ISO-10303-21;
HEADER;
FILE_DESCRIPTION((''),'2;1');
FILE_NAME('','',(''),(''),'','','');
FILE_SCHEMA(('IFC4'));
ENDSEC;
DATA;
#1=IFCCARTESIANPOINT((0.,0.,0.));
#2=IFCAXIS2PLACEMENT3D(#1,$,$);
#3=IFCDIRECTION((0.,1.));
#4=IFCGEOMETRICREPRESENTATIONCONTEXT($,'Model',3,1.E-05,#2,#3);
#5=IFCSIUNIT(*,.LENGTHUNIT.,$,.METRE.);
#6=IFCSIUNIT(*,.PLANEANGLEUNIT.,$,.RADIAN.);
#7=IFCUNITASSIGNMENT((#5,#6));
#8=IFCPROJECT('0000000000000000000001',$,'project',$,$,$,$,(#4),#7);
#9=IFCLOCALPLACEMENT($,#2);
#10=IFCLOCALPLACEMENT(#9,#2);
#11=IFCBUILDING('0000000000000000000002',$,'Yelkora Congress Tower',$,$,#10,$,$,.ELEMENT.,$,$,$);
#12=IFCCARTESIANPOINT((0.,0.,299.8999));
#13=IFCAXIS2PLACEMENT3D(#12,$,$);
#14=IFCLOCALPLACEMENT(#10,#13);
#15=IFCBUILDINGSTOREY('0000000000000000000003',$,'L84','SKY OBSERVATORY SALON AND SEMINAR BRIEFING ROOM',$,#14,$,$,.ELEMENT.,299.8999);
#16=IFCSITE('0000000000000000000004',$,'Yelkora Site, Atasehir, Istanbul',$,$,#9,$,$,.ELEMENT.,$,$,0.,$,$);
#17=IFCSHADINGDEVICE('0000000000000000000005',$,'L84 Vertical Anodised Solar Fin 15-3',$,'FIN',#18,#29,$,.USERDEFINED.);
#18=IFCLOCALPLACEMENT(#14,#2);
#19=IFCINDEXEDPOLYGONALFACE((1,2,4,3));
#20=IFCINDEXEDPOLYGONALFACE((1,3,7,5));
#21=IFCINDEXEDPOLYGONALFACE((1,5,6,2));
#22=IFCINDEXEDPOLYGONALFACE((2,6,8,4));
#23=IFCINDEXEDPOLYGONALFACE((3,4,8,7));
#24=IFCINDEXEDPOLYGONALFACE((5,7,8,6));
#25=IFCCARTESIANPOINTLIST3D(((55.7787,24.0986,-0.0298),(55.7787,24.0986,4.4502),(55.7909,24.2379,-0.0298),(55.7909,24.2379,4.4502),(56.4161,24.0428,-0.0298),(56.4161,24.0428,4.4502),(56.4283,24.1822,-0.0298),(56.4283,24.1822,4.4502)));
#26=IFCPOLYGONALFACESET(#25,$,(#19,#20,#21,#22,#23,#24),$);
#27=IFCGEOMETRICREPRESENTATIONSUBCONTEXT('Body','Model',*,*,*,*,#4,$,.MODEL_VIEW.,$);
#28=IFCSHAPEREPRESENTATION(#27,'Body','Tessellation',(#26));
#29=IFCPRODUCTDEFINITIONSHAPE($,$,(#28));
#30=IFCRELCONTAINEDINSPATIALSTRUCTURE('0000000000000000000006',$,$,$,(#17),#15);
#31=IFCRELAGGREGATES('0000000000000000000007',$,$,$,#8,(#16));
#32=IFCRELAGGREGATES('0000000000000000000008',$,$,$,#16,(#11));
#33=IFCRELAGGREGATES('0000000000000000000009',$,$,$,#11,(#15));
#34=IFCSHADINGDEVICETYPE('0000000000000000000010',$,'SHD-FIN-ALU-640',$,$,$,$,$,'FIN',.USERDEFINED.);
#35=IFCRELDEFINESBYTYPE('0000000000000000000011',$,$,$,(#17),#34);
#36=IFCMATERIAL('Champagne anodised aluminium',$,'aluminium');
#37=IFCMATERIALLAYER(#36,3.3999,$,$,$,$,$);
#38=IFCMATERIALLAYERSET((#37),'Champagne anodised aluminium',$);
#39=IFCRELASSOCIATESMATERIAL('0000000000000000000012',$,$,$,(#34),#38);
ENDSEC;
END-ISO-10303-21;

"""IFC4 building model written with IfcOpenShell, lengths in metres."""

from ifc_helpers import new_model, si_unit, direction, frame, origin, origin_2d, place, context, subcontext, project, spatial, rectangle, extrude, material, layer, layer_set, type_object, element, save


model = new_model("IFC4")

# Units and contexts
model_context = context("Model", 3, precision=1e-05, world=origin(), true_north=direction((0.0, 1.0)))
body_context = subcontext(model_context, "Body", "Model", "MODEL_VIEW")
ifc_project = project(units=[si_unit("LENGTHUNIT", "METRE"), si_unit("PLANEANGLEUNIT", "RADIAN")], contexts=[model_context])

# Site, building, storey
site_placement = place(None, origin())
site = spatial("IfcSite", under=ifc_project, at=site_placement, Name="Yelkora Site, Atasehir, Istanbul", CompositionType="ELEMENT", RefElevation=0.0)
building_placement = place(site_placement, origin())
building = spatial("IfcBuilding", under=site, at=building_placement, Name="Yelkora Congress Tower", CompositionType="ELEMENT")
storey_placement = place(building_placement, frame((0.0, 0.0, 299.8999)))
storey = spatial("IfcBuildingStorey", under=building, at=storey_placement, Name="L84", Description="SKY OBSERVATORY SALON AND SEMINAR BRIEFING ROOM", CompositionType="ELEMENT", Elevation=299.8999)

# Shading device
ifc_material_1 = material(Name="Champagne anodised aluminium", Category="aluminium")
ifc_layer_1 = layer(ifc_material_1, 3.3999)
ifc_layer_set_1 = layer_set([ifc_layer_1], Name="Champagne anodised aluminium")
shading_device_type = type_object("IfcShadingDeviceType", Name="SHD-FIN-ALU-640", ElementType="FIN", PredefinedType="USERDEFINED", material=ifc_layer_set_1)
for number, where, z_axis, x_axis, name in (
    (1, (56.1035, 24.1404, -0.0298), (0.0, 0.0, 1.0), (-0.087156, -0.996195, 0.0), "L84 Vertical Anodised Solar Fin 15-3"),
):
    element("IfcShadingDevice", number, at=place(storey_placement, frame(where, z_axis=z_axis, x_axis=x_axis)), inside=storey, type_object=shading_device_type, Name=name, ObjectType="FIN", PredefinedType="USERDEFINED", context=body_context, shape_type="SweptSolid", body=[
        extrude(rectangle(XDim=0.1399, YDim=0.6399, at=origin_2d()), origin(), (0.0, 0.0, 1.0), 4.48),
    ])

save(model, "model.ifc")
